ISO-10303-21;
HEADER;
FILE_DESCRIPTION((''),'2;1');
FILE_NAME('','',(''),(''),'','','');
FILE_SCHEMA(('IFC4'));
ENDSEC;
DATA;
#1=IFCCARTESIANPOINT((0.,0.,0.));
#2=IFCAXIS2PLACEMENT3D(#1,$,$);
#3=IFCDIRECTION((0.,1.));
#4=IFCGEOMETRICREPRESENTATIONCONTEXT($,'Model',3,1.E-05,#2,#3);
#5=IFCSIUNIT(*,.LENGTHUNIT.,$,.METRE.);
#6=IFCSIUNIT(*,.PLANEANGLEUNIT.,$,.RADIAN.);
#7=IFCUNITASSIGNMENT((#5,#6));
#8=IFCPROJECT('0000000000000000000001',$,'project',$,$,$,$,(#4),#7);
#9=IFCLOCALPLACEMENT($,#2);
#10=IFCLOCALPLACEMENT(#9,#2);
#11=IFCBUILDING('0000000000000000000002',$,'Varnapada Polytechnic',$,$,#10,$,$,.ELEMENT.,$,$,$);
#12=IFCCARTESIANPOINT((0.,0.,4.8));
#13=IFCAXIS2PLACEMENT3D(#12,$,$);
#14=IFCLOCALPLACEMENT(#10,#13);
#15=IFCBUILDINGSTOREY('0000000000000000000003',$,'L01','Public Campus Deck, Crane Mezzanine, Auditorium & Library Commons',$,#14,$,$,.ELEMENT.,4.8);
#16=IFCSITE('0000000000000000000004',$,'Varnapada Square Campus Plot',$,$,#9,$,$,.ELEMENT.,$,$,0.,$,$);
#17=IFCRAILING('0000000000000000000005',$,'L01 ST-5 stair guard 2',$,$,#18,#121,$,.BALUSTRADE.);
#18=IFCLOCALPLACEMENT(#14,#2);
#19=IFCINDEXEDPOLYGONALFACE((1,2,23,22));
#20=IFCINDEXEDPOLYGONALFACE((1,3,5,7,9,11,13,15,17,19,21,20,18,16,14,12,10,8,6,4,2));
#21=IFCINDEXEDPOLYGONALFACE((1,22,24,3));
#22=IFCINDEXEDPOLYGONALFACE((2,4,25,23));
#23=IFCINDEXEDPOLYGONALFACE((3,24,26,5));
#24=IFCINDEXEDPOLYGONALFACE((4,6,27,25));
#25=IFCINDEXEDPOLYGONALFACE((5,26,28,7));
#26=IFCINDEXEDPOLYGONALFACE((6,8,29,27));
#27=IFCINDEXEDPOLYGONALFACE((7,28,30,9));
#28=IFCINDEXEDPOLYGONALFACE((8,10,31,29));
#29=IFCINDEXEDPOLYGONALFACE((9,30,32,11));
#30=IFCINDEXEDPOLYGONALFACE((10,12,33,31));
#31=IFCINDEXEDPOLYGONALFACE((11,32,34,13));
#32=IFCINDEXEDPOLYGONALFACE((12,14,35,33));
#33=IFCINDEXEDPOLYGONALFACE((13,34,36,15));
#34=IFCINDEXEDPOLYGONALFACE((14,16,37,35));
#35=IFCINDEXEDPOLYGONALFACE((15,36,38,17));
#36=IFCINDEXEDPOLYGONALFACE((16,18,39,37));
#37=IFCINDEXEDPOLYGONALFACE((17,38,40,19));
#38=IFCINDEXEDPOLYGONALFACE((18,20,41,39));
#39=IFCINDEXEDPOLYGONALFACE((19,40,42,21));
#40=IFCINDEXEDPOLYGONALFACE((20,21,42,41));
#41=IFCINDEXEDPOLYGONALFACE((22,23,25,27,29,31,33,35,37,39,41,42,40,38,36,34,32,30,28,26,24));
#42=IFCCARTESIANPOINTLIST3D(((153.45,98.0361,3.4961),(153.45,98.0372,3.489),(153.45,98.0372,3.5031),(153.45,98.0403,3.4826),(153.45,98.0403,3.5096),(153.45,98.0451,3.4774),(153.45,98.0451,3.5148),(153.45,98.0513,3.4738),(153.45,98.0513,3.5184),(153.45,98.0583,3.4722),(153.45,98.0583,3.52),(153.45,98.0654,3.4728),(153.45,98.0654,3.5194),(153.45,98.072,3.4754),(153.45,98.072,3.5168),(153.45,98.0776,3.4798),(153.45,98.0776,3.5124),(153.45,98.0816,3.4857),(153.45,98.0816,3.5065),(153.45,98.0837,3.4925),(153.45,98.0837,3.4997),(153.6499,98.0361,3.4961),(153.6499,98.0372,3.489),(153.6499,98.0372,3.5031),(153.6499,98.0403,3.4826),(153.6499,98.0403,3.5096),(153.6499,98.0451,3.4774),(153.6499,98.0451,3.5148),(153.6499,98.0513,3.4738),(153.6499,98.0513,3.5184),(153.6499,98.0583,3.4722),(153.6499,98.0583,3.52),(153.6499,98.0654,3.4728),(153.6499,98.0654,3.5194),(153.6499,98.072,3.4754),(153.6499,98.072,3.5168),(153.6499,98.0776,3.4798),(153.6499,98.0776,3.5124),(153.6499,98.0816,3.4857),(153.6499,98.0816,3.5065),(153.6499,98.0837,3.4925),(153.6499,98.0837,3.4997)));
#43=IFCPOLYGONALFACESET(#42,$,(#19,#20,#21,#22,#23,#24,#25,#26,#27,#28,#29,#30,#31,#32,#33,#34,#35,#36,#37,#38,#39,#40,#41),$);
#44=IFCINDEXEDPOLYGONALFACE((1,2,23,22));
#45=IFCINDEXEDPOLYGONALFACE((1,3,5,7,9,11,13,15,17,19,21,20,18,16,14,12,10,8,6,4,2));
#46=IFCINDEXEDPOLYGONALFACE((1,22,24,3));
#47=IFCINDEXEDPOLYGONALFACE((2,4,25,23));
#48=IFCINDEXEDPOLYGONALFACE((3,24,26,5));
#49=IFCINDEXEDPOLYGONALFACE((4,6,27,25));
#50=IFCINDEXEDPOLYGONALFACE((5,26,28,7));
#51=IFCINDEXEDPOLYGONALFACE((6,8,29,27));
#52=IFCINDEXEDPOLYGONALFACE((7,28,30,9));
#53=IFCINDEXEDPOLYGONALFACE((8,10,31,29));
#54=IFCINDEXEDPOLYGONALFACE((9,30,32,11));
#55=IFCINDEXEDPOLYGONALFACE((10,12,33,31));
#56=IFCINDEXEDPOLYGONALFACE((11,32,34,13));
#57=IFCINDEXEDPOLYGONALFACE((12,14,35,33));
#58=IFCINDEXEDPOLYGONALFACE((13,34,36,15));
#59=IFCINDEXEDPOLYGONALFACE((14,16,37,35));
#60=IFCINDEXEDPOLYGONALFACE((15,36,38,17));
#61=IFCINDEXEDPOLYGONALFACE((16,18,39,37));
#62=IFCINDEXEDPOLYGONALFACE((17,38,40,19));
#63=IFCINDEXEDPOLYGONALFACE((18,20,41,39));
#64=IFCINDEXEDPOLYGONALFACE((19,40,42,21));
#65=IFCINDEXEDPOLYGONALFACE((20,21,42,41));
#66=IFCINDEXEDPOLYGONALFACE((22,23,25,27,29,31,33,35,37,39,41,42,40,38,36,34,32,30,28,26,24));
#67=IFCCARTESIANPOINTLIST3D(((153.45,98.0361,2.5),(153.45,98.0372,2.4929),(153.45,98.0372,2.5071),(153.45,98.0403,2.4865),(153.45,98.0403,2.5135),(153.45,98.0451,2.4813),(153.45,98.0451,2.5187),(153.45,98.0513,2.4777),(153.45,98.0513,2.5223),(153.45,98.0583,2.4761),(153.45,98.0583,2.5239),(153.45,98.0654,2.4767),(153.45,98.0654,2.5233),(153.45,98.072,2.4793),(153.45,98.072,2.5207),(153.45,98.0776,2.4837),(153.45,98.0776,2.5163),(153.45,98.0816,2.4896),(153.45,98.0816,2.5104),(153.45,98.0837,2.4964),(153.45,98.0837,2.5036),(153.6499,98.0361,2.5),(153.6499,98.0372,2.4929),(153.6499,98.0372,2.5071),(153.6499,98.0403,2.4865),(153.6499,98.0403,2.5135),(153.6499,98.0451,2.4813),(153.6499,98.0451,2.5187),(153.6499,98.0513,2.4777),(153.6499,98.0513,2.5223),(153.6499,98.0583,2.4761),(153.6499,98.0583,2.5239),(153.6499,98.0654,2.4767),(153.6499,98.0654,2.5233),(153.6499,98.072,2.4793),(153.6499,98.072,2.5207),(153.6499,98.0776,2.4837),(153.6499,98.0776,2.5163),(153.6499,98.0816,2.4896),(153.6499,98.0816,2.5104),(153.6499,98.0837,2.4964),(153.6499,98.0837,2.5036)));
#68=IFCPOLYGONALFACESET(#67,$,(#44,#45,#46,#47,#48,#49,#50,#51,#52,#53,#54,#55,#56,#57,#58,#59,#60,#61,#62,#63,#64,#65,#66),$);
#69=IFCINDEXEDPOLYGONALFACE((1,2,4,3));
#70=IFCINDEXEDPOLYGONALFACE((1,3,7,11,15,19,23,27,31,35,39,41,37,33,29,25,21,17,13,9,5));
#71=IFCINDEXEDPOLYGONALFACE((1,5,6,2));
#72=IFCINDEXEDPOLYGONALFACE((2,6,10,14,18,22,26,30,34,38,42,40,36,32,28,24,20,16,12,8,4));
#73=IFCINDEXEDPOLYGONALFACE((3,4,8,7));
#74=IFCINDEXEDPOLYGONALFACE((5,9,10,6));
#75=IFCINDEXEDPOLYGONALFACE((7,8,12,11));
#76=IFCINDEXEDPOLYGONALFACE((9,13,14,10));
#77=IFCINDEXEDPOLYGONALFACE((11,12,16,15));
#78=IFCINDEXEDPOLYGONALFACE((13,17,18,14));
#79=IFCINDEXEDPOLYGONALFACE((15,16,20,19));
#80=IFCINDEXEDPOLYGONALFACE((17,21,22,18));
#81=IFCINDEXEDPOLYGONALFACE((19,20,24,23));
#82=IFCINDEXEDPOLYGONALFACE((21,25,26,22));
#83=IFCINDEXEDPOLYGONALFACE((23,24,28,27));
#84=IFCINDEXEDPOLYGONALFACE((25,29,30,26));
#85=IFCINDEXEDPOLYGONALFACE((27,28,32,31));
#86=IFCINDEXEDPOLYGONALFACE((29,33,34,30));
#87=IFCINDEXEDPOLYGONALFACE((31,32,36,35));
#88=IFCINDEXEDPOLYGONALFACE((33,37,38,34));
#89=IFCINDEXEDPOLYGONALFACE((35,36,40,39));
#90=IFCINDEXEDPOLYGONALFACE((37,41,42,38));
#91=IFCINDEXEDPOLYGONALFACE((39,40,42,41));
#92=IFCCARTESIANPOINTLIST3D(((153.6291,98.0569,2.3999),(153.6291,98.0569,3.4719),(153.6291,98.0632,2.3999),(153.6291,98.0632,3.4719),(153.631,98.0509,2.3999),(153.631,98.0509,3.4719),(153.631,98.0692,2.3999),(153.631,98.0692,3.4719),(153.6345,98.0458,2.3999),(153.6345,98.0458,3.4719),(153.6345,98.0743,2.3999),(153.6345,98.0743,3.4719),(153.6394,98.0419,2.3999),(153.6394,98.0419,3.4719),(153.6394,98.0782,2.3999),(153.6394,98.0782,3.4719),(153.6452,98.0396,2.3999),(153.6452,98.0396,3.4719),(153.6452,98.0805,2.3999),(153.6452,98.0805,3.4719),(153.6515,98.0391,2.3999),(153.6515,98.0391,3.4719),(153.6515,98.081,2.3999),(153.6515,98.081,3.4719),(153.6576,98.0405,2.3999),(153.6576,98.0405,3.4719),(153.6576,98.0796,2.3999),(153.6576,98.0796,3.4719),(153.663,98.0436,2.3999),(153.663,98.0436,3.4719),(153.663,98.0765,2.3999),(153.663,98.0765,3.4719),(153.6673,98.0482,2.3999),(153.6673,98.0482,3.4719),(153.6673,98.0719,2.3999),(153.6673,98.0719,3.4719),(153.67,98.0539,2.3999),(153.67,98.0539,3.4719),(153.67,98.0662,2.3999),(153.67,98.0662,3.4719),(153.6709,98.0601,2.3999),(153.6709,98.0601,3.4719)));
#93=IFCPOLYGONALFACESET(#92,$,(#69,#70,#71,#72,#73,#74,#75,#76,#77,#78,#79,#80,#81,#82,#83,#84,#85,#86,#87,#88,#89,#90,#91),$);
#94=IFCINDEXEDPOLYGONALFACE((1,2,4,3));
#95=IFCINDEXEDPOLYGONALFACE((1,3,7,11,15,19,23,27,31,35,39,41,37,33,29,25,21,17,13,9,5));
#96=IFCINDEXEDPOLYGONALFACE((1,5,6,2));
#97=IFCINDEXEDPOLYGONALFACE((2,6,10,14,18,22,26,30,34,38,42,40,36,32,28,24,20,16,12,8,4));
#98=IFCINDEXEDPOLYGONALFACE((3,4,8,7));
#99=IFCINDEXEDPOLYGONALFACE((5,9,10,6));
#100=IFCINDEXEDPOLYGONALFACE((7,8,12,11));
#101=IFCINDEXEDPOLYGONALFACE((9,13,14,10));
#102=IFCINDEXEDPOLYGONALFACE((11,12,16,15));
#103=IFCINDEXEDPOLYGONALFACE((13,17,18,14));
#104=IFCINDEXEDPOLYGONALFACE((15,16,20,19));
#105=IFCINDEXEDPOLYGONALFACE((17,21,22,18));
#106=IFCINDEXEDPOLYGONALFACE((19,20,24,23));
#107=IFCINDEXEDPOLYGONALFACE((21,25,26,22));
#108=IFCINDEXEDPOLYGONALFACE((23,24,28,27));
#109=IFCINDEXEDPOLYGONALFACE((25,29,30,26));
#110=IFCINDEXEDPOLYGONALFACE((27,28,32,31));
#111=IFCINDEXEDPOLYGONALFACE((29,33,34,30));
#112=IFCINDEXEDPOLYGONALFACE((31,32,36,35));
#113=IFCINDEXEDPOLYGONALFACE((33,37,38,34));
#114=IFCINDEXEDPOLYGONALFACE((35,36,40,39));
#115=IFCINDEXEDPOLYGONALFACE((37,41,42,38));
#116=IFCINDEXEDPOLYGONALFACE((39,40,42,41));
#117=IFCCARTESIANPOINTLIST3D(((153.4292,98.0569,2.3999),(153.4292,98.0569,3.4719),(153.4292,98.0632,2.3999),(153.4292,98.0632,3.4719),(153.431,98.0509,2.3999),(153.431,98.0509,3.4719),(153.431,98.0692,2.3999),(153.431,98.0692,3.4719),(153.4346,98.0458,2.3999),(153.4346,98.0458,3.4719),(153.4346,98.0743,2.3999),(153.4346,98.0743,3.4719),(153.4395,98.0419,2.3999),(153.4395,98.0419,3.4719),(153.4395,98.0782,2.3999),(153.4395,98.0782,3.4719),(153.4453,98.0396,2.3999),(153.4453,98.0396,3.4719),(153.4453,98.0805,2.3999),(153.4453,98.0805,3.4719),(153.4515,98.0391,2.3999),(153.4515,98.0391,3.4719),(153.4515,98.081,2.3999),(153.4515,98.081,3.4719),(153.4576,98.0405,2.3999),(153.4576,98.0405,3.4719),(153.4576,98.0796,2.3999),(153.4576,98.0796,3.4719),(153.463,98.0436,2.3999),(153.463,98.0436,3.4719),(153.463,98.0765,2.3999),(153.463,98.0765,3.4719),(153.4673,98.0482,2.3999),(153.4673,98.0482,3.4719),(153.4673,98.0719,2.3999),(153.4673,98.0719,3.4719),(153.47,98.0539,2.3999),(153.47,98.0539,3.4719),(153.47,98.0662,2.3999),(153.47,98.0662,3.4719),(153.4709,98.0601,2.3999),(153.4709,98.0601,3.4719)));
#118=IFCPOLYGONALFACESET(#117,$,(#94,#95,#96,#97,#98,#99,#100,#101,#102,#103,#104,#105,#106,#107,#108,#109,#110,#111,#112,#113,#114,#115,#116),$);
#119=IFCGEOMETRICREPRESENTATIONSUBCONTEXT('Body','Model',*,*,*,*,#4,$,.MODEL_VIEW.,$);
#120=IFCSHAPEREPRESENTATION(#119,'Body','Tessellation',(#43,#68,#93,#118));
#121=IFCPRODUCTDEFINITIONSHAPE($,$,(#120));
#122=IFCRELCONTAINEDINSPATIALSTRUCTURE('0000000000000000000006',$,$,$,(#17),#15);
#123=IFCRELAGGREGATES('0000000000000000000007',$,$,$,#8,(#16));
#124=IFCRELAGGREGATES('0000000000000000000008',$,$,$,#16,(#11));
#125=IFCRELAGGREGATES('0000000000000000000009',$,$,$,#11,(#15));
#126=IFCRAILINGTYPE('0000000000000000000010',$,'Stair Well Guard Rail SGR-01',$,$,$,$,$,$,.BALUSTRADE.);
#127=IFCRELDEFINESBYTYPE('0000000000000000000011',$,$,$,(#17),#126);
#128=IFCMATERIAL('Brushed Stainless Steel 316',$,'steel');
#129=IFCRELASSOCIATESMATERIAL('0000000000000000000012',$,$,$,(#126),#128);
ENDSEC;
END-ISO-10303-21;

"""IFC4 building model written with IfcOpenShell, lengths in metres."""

from ifc_helpers import new_model, si_unit, direction, frame, origin, origin_2d, place, context, subcontext, project, spatial, circle, extrude, material, type_object, element, save


model = new_model("IFC4")

# Units and contexts
model_context = context("Model", 3, precision=1e-05, world=origin(), true_north=direction((0.0, 1.0)))
body_context = subcontext(model_context, "Body", "Model", "MODEL_VIEW")
ifc_project = project(units=[si_unit("LENGTHUNIT", "METRE"), si_unit("PLANEANGLEUNIT", "RADIAN")], contexts=[model_context])

# Site, building, storey
site_placement = place(None, origin())
site = spatial("IfcSite", under=ifc_project, at=site_placement, Name="Varnapada Square Campus Plot", CompositionType="ELEMENT", RefElevation=0.0)
building_placement = place(site_placement, origin())
building = spatial("IfcBuilding", under=site, at=building_placement, Name="Varnapada Polytechnic", CompositionType="ELEMENT")
storey_placement = place(building_placement, frame((0.0, 0.0, 4.8)))
storey = spatial("IfcBuildingStorey", under=building, at=storey_placement, Name="L01", Description="Public Campus Deck, Crane Mezzanine, Auditorium & Library Commons", CompositionType="ELEMENT", Elevation=4.8)

# Railing
ifc_material_1 = material(Name="Brushed Stainless Steel 316", Category="steel")
railing_type_1 = type_object("IfcRailingType", Name="Stair Well Guard Rail SGR-01", PredefinedType="BALUSTRADE", material=ifc_material_1)
railing_1_placement = place(storey_placement, frame((153.6499, 98.0601, 2.3999)))
element("IfcRailing", 1, at=railing_1_placement, inside=storey, type_object=railing_type_1, Name="L01 ST-5 stair guard 2", PredefinedType="BALUSTRADE", context=body_context, shape_type="SweptSolid", body=[
    extrude(circle(Radius=0.0239, at=origin_2d()), frame((0.0, 0.0, 1.0962), z_axis=(-1.0, 0.0, 0.0), x_axis=(0.0, -1.0, 0.0)), (0.0, 0.0, 1.0), 0.2),
    extrude(circle(Radius=0.0239, at=origin_2d()), frame((0.0, 0.0, 0.1001), z_axis=(-1.0, 0.0, 0.0), x_axis=(0.0, -1.0, 0.0)), (0.0, 0.0, 1.0), 0.2),
    extrude(circle(Radius=0.021, at=origin_2d()), origin(), (0.0, 0.0, 1.0), 1.072),
    extrude(circle(Radius=0.021, at=origin_2d()), frame((-0.2, 0.0, 0.0)), (0.0, 0.0, 1.0), 1.072),
])

save(model, "model.ifc")
